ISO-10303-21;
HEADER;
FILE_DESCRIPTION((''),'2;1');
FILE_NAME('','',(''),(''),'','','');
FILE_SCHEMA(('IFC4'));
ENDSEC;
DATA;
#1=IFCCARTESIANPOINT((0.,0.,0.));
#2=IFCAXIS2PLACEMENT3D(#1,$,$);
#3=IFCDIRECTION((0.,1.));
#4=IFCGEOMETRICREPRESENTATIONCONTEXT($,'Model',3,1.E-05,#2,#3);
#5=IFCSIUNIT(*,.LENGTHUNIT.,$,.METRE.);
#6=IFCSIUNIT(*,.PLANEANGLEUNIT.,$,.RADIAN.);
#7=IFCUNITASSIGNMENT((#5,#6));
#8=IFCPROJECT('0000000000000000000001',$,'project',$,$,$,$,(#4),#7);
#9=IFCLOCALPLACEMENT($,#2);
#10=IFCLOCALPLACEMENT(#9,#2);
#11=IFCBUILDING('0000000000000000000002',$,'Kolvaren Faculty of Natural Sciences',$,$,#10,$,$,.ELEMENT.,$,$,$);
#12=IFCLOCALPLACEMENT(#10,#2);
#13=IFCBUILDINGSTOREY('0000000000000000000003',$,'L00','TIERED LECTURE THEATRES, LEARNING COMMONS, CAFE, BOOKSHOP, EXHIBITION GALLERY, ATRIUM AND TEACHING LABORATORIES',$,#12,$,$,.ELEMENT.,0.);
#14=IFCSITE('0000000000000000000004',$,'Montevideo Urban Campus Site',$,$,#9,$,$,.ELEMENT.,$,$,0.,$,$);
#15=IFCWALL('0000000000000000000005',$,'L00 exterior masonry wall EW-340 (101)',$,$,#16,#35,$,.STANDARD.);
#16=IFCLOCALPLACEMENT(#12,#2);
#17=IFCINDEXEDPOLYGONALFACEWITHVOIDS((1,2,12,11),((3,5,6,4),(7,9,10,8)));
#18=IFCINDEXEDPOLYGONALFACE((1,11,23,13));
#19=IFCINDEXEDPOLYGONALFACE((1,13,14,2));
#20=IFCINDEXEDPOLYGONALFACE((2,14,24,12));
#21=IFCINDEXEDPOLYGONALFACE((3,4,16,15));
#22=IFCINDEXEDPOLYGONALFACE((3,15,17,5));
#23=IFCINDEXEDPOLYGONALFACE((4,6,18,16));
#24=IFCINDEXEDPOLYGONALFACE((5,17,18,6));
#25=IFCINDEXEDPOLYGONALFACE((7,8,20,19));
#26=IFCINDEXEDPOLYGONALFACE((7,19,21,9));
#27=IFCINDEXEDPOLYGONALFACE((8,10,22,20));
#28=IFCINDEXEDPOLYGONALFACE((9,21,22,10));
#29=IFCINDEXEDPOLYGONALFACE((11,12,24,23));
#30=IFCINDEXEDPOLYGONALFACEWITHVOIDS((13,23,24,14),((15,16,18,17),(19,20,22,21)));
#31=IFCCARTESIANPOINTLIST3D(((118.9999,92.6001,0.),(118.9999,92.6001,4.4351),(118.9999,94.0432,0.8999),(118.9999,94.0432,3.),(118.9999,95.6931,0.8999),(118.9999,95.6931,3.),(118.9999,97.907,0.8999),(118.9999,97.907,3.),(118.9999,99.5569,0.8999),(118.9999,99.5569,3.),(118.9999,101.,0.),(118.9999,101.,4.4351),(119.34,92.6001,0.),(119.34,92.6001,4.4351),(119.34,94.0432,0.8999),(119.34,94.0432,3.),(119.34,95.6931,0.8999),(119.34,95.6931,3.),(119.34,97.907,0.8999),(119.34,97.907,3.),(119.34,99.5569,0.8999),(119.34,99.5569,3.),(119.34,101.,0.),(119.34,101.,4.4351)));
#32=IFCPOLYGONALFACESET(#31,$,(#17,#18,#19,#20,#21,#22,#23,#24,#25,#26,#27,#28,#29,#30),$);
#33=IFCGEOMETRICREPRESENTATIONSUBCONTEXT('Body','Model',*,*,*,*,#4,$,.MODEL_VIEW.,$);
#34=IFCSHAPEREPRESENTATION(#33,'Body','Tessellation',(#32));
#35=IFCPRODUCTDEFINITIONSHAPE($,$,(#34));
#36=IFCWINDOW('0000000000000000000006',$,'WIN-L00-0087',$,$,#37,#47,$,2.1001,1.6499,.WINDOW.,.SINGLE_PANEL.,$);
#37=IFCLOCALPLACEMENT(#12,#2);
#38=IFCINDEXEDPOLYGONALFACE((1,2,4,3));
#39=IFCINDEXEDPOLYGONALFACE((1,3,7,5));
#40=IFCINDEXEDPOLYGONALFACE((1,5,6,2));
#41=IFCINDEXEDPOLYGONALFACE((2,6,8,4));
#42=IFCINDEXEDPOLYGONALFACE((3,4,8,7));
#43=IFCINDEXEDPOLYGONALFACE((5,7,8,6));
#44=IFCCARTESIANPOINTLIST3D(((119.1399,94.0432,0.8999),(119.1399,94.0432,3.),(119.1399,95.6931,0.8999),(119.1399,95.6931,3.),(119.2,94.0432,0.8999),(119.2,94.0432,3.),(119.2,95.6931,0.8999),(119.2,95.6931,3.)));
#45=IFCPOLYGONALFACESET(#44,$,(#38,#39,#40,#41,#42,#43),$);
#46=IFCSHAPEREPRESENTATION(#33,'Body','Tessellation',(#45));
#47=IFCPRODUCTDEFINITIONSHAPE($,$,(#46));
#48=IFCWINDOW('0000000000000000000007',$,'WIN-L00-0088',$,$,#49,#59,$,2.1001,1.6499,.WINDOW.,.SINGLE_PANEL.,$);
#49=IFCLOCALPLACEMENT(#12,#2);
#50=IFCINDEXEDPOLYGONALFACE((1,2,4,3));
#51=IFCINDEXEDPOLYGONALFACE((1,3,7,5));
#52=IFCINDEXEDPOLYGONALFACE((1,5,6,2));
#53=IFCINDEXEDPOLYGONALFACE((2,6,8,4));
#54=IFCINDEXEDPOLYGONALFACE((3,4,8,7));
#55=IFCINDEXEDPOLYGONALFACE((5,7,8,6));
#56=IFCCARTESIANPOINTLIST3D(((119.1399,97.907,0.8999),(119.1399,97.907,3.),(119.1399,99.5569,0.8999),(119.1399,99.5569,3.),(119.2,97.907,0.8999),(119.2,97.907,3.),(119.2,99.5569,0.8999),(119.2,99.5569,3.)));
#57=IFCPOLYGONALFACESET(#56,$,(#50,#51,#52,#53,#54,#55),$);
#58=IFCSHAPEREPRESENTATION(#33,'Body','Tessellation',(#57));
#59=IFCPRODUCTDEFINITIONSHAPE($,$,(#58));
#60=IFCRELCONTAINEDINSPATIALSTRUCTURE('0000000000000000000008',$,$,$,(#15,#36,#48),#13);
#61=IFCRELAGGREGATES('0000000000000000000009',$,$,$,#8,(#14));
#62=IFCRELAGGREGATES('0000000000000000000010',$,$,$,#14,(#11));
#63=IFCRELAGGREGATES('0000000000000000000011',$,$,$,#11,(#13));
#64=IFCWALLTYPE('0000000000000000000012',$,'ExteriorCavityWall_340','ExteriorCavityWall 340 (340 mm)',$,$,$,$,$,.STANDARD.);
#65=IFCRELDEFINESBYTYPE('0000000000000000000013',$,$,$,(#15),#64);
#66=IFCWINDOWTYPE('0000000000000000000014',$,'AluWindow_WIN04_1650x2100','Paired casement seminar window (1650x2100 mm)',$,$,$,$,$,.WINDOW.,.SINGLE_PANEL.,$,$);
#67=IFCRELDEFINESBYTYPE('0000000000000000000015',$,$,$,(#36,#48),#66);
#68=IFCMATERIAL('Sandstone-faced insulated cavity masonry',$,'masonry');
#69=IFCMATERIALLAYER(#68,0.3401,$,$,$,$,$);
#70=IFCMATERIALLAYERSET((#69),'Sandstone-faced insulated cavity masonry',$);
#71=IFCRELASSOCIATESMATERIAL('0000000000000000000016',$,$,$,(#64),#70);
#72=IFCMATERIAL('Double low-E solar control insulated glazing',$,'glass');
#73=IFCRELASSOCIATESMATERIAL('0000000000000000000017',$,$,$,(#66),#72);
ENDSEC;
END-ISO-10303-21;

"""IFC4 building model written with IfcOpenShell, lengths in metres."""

from ifc_helpers import new_model, si_unit, direction, frame, frame_2d, origin, place, context, subcontext, project, spatial, rectangle, extrude, material, layer, layer_set, type_object, element, fill, save


model = new_model("IFC4")

# Units and contexts
model_context = context("Model", 3, precision=1e-05, world=origin(), true_north=direction((0.0, 1.0)))
body_context = subcontext(model_context, "Body", "Model", "MODEL_VIEW")
ifc_project = project(units=[si_unit("LENGTHUNIT", "METRE"), si_unit("PLANEANGLEUNIT", "RADIAN")], contexts=[model_context])

# Site, building, storey
site_placement = place(None, origin())
site = spatial("IfcSite", under=ifc_project, at=site_placement, Name="Montevideo Urban Campus Site", CompositionType="ELEMENT", RefElevation=0.0)
building_placement = place(site_placement, origin())
building = spatial("IfcBuilding", under=site, at=building_placement, Name="Kolvaren Faculty of Natural Sciences", CompositionType="ELEMENT")
storey_placement = place(building_placement, origin())
storey = spatial("IfcBuildingStorey", under=building, at=storey_placement, Name="L00", Description="TIERED LECTURE THEATRES, LEARNING COMMONS, CAFE, BOOKSHOP, EXHIBITION GALLERY, ATRIUM AND TEACHING LABORATORIES", CompositionType="ELEMENT", Elevation=0.0)

# Shared definitions
ifc_material_1 = material(Name="Double low-E solar control insulated glazing", Category="glass")

# Shared definitions
ifc_material_2 = material(Name="Sandstone-faced insulated cavity masonry", Category="masonry")
ifc_layer_1 = layer(ifc_material_2, 0.3401)
ifc_layer_set_1 = layer_set([ifc_layer_1], Name="Sandstone-faced insulated cavity masonry")
wall_type_1 = type_object("IfcWallType", Name="ExteriorCavityWall_340", Description="ExteriorCavityWall 340 (340 mm)", PredefinedType="STANDARD", material=ifc_layer_set_1)

# Wall, openings, windows
wall_1_placement = place(storey_placement, frame((119.1699, 92.6001, 0.0), z_axis=(0.0, 0.0, 1.0), x_axis=(0.0, 1.0, 0.0)))
wall_1 = element("IfcWall", 1, at=wall_1_placement, inside=storey, type_object=wall_type_1, Name="L00 exterior masonry wall EW-340 (101)", PredefinedType="STANDARD", context=body_context, shape_type="SweptSolid", body=[
    extrude(rectangle(XDim=8.3999, YDim=0.3401, at=frame_2d((4.2, 0.0))), origin(), (0.0, 0.0, 1.0), 4.4351),
])
opening_1_placement = place(wall_1_placement, frame((1.4431, 0.0, 0.8999)))
opening_1 = element("IfcOpeningElement", 2, at=opening_1_placement, cuts=wall_1, PredefinedType="OPENING", context=body_context, shape_type="SweptSolid", body=[
    extrude(rectangle(XDim=1.6499, YDim=2.1001, at=frame_2d((0.825, 1.05))), frame((0.0, 0.1799, 0.0), z_axis=(0.0, -1.0, 0.0), x_axis=(1.0, 0.0, 0.0)), (0.0, 0.0, 1.0), 0.3601),
])
opening_2_placement = place(wall_1_placement, frame((5.3069, 0.0, 0.8999)))
opening_2 = element("IfcOpeningElement", 3, at=opening_2_placement, cuts=wall_1, PredefinedType="OPENING", context=body_context, shape_type="SweptSolid", body=[
    extrude(rectangle(XDim=1.6499, YDim=2.1001, at=frame_2d((0.825, 1.05))), frame((0.0, 0.1799, 0.0), z_axis=(0.0, -1.0, 0.0), x_axis=(1.0, 0.0, 0.0)), (0.0, 0.0, 1.0), 0.3601),
])
window_type_1 = type_object("IfcWindowType", Name="AluWindow_WIN04_1650x2100", Description="Paired casement seminar window (1650x2100 mm)", PartitioningType="SINGLE_PANEL", PredefinedType="WINDOW", material=ifc_material_1)
window_1_placement = place(opening_1_placement, origin())
window_1 = element("IfcWindow", 4, at=window_1_placement, inside=storey, type_object=window_type_1, Name="WIN-L00-0087", OverallHeight=2.1001, OverallWidth=1.6499, PartitioningType="SINGLE_PANEL", PredefinedType="WINDOW", context=body_context, shape_type="SweptSolid", body=[
    extrude(rectangle(XDim=1.6499, YDim=2.1001, at=frame_2d((0.825, 1.05))), frame((0.0, 0.03, 0.0), z_axis=(0.0, -1.0, 0.0), x_axis=(1.0, 0.0, 0.0)), (0.0, 0.0, 1.0), 0.0601),
])
fill(opening_1, window_1)
window_2_placement = place(opening_2_placement, origin())
window_2 = element("IfcWindow", 5, at=window_2_placement, inside=storey, type_object=window_type_1, Name="WIN-L00-0088", OverallHeight=2.1001, OverallWidth=1.6499, PartitioningType="SINGLE_PANEL", PredefinedType="WINDOW", context=body_context, shape_type="SweptSolid", body=[
    extrude(rectangle(XDim=1.6499, YDim=2.1001, at=frame_2d((0.825, 1.05))), frame((0.0, 0.03, 0.0), z_axis=(0.0, -1.0, 0.0), x_axis=(1.0, 0.0, 0.0)), (0.0, 0.0, 1.0), 0.0601),
])
fill(opening_2, window_2)

save(model, "model.ifc")
